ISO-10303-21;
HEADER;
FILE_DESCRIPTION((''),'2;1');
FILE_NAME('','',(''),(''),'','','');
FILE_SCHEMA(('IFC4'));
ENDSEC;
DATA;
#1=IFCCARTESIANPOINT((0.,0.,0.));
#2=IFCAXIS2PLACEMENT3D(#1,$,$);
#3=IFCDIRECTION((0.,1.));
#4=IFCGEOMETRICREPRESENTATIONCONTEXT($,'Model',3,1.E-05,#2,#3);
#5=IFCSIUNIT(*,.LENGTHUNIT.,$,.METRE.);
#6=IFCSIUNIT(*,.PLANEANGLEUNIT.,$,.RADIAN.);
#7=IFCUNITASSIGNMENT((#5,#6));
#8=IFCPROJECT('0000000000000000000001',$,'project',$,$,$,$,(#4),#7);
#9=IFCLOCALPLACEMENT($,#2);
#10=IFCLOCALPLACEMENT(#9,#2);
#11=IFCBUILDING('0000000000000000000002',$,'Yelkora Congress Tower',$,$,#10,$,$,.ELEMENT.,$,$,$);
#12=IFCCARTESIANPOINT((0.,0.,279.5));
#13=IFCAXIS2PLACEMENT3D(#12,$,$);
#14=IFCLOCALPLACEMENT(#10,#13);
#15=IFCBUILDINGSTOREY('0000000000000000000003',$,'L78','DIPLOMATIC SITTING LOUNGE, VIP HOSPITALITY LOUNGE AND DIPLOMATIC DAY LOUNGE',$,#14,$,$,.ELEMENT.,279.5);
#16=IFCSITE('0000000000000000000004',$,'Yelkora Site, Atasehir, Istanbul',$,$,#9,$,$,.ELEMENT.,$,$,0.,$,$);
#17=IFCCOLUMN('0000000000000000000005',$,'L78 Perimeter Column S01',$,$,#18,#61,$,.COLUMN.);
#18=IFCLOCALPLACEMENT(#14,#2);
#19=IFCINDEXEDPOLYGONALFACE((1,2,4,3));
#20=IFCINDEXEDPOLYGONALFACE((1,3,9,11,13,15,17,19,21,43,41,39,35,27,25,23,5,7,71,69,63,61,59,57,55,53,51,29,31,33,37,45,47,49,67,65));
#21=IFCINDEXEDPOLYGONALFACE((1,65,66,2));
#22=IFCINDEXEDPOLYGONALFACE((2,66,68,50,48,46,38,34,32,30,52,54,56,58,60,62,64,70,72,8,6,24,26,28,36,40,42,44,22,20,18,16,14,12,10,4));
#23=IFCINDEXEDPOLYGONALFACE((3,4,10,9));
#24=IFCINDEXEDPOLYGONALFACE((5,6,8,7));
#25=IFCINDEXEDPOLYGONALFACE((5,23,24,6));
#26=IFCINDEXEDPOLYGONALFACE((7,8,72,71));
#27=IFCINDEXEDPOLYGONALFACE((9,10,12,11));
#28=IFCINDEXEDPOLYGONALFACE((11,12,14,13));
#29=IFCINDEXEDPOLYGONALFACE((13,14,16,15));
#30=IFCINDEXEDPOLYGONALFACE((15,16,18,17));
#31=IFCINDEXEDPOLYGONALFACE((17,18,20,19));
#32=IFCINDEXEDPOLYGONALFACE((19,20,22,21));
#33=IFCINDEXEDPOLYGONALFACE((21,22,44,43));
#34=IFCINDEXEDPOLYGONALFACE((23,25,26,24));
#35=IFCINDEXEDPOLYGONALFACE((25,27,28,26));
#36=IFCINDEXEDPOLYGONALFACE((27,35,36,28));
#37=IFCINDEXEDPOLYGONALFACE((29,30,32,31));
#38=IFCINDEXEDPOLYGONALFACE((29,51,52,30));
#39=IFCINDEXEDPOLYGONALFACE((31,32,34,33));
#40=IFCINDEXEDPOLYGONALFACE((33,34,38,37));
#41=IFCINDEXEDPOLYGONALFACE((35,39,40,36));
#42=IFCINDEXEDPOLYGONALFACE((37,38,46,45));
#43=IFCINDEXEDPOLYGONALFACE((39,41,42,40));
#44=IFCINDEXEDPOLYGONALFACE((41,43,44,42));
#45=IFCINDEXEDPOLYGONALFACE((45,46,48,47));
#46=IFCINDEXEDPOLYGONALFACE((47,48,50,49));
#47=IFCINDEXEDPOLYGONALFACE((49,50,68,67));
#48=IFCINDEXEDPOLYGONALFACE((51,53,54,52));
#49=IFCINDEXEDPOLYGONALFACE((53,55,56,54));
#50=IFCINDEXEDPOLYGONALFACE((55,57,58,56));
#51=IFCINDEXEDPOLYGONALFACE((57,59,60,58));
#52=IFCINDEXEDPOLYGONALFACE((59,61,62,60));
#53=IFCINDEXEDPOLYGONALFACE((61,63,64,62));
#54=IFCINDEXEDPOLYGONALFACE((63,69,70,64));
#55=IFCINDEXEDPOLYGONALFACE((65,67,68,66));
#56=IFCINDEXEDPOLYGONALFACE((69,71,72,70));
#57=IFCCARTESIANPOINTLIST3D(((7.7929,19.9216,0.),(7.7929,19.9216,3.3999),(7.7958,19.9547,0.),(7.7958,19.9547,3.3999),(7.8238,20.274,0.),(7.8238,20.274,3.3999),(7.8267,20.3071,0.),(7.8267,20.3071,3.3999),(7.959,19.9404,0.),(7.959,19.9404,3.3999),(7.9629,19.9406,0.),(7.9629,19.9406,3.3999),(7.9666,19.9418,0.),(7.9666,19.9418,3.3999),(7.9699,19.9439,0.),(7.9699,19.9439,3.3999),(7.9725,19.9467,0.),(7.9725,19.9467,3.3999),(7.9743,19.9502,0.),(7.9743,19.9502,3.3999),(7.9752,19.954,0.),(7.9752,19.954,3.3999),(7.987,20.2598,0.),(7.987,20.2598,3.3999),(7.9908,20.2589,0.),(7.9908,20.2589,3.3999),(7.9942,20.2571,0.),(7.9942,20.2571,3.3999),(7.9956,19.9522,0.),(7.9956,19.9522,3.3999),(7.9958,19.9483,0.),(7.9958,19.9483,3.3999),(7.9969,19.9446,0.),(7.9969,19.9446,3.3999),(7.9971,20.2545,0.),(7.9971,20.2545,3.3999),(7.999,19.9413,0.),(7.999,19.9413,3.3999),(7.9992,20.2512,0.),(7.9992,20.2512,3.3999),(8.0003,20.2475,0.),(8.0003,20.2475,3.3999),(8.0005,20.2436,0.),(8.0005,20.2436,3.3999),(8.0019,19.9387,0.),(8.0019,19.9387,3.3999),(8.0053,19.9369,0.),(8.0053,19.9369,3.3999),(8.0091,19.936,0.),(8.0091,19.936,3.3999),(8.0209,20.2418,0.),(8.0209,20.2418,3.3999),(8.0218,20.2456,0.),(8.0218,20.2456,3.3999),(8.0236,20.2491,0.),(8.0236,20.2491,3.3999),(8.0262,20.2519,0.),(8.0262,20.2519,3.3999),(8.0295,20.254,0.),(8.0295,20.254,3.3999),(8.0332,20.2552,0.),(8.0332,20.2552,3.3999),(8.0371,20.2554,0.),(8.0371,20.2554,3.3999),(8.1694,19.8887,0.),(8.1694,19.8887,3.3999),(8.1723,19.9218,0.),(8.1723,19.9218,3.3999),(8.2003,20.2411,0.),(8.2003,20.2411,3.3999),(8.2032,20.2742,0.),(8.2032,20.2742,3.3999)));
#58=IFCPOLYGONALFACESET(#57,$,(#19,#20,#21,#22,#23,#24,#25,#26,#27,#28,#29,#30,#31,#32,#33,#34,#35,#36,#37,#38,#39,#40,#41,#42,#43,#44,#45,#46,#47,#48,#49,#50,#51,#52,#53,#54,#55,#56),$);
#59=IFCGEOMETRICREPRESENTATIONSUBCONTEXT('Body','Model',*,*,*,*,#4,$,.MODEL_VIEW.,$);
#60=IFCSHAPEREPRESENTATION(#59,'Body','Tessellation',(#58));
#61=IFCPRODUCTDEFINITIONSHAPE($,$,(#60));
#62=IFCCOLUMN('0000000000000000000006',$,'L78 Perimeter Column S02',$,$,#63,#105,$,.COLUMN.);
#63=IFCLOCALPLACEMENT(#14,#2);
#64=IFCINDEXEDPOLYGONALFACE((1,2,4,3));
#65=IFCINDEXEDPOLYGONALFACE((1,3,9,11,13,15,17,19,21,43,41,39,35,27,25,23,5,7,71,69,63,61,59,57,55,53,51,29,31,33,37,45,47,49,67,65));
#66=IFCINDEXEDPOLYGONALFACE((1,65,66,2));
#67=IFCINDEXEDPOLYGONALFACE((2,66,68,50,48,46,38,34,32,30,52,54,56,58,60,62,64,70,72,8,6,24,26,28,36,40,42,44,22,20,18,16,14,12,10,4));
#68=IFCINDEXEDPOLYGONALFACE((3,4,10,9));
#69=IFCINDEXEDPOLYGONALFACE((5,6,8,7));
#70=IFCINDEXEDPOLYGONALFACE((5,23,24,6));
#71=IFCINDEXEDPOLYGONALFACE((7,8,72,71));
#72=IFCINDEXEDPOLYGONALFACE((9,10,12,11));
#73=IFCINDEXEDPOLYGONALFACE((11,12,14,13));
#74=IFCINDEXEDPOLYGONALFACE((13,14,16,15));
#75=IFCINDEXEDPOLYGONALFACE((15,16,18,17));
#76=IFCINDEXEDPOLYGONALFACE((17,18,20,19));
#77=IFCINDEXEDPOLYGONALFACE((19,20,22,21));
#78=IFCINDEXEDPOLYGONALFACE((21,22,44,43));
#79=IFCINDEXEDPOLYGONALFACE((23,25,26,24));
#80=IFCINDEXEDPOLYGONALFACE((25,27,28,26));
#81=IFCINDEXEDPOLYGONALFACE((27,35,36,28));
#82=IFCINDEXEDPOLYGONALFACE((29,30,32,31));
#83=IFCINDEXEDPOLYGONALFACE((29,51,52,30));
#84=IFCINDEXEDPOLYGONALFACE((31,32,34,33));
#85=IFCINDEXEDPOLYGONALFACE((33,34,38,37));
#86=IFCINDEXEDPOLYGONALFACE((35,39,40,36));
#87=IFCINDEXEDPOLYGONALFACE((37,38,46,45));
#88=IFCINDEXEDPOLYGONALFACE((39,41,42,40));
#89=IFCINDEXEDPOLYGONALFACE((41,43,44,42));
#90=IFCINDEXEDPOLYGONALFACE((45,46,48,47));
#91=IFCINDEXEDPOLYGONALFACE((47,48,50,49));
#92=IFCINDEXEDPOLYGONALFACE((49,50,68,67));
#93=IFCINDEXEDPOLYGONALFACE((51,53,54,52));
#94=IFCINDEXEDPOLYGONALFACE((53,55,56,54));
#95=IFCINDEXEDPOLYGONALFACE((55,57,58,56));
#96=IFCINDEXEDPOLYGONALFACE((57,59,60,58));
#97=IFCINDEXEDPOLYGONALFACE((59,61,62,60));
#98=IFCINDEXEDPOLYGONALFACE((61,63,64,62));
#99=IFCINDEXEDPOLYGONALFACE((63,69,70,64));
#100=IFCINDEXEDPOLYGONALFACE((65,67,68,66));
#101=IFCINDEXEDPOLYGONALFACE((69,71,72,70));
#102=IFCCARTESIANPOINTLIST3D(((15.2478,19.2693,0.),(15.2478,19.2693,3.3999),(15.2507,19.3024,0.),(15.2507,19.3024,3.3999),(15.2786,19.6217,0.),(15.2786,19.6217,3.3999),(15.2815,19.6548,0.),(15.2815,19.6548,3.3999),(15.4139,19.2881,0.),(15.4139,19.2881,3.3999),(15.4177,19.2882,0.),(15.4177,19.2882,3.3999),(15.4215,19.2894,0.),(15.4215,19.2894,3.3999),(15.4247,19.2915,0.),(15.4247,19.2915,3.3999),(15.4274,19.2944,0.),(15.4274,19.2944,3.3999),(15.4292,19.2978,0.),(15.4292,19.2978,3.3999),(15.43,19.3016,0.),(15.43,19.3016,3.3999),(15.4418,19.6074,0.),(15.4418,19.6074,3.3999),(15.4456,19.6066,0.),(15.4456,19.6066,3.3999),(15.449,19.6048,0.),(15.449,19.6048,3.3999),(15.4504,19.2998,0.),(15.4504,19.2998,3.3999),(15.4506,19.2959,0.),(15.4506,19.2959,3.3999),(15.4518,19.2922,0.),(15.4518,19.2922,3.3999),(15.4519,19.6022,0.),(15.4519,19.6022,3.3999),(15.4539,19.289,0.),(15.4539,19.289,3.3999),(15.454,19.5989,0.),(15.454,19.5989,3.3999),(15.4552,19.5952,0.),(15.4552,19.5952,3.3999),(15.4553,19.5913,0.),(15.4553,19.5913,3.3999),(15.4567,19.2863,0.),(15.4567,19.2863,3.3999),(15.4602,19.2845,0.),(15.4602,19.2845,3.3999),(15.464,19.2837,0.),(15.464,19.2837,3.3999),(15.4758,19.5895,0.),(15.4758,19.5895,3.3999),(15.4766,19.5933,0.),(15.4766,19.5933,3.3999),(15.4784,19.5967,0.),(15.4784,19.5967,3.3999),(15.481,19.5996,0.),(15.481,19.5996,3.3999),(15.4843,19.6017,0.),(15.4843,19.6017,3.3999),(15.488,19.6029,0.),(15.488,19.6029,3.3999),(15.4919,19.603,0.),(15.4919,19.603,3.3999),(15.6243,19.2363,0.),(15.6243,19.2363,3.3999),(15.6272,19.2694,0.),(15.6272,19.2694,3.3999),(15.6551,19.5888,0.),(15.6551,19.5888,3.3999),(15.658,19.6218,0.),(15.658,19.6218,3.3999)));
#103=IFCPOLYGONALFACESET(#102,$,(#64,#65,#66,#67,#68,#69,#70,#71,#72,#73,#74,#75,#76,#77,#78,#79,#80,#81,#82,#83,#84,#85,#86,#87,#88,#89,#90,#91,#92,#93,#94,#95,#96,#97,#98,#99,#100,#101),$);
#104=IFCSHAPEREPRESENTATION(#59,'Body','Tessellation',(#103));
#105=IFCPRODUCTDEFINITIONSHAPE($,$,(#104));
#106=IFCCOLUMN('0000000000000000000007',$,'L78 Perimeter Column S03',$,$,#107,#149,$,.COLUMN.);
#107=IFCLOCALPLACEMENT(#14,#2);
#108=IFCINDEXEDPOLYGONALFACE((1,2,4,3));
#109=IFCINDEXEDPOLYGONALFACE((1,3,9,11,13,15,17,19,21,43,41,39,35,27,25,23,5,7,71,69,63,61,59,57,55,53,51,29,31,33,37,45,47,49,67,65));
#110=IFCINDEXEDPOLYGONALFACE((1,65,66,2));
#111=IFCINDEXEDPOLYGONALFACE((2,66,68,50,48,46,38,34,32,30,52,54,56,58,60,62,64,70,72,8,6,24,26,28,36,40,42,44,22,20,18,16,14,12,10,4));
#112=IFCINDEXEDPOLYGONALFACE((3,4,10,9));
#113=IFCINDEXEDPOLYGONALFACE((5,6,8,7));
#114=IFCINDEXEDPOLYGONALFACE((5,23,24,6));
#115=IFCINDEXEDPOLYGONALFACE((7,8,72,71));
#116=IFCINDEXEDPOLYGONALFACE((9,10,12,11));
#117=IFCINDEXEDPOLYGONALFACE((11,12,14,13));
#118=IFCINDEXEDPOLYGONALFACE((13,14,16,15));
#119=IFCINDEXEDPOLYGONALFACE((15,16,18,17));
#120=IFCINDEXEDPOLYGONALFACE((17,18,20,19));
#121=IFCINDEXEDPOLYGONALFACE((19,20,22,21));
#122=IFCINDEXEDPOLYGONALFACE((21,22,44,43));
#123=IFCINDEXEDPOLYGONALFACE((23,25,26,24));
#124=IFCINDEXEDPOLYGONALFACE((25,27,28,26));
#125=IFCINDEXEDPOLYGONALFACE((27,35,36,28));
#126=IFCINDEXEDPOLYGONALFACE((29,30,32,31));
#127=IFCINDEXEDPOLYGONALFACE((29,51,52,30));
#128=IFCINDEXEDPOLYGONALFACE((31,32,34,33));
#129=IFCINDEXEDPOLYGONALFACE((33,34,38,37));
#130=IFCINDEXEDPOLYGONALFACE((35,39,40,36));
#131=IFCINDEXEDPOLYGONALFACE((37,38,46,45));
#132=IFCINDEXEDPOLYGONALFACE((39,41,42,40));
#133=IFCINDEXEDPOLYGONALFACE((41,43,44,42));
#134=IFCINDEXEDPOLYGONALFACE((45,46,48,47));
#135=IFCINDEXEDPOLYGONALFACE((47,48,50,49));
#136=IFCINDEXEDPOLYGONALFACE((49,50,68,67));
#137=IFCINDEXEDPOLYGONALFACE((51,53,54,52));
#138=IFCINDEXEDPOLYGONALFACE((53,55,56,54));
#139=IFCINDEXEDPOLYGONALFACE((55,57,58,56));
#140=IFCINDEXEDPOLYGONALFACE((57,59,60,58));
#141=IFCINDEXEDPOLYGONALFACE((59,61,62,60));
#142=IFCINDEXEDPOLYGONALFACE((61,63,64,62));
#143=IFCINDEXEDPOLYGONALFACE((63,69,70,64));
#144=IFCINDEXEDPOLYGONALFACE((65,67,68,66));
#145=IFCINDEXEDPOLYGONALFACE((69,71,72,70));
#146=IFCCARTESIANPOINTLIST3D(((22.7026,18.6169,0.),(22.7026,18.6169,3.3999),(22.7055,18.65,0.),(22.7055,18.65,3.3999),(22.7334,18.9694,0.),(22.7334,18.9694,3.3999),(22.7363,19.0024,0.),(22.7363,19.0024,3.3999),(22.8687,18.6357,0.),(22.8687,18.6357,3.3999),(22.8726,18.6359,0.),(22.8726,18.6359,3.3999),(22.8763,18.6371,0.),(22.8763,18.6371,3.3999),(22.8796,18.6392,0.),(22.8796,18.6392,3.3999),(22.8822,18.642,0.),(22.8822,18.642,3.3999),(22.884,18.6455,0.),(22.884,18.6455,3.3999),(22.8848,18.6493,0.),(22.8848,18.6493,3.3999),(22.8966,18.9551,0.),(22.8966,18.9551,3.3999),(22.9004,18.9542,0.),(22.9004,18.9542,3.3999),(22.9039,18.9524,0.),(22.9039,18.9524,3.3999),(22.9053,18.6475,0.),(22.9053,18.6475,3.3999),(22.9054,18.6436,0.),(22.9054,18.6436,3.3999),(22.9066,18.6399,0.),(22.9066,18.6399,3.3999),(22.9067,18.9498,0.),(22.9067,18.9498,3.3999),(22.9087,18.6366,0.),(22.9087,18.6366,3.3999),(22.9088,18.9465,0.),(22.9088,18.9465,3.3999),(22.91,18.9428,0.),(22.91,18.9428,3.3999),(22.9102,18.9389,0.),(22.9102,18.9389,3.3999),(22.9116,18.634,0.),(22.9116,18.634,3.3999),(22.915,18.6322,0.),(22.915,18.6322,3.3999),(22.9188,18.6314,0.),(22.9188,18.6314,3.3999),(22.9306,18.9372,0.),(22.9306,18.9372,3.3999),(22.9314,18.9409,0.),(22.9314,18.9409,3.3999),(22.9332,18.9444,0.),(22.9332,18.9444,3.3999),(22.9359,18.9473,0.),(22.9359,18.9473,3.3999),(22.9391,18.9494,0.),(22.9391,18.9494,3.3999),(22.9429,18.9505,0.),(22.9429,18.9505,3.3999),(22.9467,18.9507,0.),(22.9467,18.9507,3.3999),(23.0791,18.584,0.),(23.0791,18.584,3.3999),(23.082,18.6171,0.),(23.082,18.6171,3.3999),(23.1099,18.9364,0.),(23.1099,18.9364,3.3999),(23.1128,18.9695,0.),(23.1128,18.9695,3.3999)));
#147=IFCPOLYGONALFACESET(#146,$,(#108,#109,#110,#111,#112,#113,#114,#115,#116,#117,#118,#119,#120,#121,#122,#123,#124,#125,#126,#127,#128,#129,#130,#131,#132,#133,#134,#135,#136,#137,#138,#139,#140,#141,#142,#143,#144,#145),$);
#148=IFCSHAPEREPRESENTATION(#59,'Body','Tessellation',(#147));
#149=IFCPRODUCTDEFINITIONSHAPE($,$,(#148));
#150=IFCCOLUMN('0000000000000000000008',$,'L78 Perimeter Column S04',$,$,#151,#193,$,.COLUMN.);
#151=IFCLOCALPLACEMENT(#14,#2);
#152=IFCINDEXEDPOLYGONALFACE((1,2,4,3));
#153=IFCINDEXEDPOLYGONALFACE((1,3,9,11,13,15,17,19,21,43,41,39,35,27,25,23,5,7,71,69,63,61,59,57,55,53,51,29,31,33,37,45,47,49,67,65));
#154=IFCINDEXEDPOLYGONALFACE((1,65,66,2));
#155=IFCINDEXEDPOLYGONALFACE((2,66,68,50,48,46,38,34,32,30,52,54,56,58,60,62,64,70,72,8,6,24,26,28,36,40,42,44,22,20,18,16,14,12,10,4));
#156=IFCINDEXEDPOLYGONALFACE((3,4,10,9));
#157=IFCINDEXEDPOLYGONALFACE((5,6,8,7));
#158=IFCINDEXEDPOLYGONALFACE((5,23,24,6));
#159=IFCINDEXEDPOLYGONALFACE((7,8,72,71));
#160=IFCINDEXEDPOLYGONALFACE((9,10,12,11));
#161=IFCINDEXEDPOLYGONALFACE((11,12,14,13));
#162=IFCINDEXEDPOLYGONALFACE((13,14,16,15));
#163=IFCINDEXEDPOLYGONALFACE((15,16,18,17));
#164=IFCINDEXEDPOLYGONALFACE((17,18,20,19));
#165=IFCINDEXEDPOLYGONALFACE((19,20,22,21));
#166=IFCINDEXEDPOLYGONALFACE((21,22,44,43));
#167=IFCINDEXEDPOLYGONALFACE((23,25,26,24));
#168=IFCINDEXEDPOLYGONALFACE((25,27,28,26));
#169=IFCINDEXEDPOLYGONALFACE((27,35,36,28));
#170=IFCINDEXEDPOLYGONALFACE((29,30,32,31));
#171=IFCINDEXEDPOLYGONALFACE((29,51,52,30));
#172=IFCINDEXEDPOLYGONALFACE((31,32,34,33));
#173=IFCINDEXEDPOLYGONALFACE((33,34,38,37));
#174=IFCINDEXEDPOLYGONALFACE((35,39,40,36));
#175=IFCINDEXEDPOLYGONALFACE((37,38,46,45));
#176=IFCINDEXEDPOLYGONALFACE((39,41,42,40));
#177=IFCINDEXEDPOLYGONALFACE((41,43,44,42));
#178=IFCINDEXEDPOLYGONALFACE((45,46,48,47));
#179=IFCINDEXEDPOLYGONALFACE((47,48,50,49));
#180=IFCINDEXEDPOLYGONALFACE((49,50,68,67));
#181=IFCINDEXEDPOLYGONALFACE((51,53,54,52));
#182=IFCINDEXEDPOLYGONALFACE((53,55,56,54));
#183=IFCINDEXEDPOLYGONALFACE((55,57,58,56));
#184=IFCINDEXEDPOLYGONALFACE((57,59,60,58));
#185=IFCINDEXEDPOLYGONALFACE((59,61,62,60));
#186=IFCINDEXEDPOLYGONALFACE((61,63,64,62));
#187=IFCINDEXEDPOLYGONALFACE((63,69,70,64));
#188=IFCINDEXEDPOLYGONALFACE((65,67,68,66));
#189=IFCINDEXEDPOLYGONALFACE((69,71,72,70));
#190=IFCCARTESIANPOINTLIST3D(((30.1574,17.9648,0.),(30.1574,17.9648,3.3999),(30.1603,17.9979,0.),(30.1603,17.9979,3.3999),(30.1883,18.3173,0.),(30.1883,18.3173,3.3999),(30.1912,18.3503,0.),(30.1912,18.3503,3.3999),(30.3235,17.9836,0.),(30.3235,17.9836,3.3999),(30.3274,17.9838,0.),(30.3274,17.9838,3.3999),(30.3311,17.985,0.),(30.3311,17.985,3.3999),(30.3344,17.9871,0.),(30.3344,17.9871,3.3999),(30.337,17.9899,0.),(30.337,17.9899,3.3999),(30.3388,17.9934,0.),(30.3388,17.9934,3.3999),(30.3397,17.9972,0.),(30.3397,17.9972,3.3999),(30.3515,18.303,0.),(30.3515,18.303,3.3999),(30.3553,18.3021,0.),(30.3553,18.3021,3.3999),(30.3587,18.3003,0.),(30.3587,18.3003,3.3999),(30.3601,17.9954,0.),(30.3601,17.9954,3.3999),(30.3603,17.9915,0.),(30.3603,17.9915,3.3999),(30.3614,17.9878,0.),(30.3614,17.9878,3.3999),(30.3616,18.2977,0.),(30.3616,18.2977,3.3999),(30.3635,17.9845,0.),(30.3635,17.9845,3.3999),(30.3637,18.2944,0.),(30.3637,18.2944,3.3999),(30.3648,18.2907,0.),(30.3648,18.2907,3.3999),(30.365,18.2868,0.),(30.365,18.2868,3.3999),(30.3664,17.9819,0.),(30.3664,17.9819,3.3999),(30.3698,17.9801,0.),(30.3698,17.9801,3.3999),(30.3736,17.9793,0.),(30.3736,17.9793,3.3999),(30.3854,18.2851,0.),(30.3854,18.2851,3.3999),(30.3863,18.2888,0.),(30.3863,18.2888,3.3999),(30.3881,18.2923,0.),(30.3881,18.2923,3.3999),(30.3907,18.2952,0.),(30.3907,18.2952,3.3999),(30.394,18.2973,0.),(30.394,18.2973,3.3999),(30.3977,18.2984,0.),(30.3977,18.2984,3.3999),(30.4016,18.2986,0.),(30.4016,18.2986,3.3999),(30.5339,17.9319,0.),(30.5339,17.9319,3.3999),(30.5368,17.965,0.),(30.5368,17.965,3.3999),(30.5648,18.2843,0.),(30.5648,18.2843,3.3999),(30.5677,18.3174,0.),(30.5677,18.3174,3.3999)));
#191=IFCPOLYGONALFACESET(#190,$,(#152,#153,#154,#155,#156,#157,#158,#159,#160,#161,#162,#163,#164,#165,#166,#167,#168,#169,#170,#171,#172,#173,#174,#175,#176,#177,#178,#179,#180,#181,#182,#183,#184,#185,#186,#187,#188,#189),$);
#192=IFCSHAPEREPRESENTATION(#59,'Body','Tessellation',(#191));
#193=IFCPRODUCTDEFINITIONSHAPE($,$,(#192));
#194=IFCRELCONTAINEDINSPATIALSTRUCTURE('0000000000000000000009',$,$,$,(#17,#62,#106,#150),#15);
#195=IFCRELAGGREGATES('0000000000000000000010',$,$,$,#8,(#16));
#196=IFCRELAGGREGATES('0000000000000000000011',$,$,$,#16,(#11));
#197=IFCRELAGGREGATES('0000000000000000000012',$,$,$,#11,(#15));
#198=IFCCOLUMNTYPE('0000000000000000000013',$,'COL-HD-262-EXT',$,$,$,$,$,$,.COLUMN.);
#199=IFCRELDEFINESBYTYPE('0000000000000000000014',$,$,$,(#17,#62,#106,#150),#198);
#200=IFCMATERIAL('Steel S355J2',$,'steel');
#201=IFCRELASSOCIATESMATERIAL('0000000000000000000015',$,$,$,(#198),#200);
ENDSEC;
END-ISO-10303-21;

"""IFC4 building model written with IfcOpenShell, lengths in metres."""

from ifc_helpers import new_model, si_unit, direction, frame, origin, origin_2d, place, context, subcontext, project, spatial, i_section, extrude, material, material_profile, profile_set, type_object, element, save


model = new_model("IFC4")

# Units and contexts
model_context = context("Model", 3, precision=1e-05, world=origin(), true_north=direction((0.0, 1.0)))
body_context = subcontext(model_context, "Body", "Model", "MODEL_VIEW")
ifc_project = project(units=[si_unit("LENGTHUNIT", "METRE"), si_unit("PLANEANGLEUNIT", "RADIAN")], contexts=[model_context])

# Site, building, storey
site_placement = place(None, origin())
site = spatial("IfcSite", under=ifc_project, at=site_placement, Name="Yelkora Site, Atasehir, Istanbul", CompositionType="ELEMENT", RefElevation=0.0)
building_placement = place(site_placement, origin())
building = spatial("IfcBuilding", under=site, at=building_placement, Name="Yelkora Congress Tower", CompositionType="ELEMENT")
storey_placement = place(building_placement, frame((0.0, 0.0, 279.5)))
storey = spatial("IfcBuildingStorey", under=building, at=storey_placement, Name="L78", Description="DIPLOMATIC SITTING LOUNGE, VIP HOSPITALITY LOUNGE AND DIPLOMATIC DAY LOUNGE", CompositionType="ELEMENT", Elevation=279.5)

# Columns
ifc_material_1 = material(Name="Steel S355J2", Category="steel")
ifc_material_profile_1 = material_profile(ifc_material_1, i_section(OverallWidth=0.3779, OverallDepth=0.387, WebThickness=0.0205, FlangeThickness=0.0332, FilletRadius=0.0149, at=origin_2d()), Name="HD 360x262")
ifc_profile_set_1 = profile_set([ifc_material_profile_1], Name="Steel S355J2")
column_type = type_object("IfcColumnType", Name="COL-HD-262-EXT", PredefinedType="COLUMN", material=ifc_profile_set_1)
for number, where, z_axis, x_axis, name in (
    (1, (7.998, 20.0979, 0.0), (0.0, 0.0, 1.0), (0.996195, -0.087156, 0.0), "L78 Perimeter Column S01"),
    (2, (15.4529, 19.4456, 0.0), (0.0, 0.0, 1.0), (0.996195, -0.087156, 0.0), "L78 Perimeter Column S02"),
    (3, (22.9077, 18.7932, 0.0), (0.0, 0.0, 1.0), (0.996195, -0.087156, 0.0), "L78 Perimeter Column S03"),
    (4, (30.3625, 18.1411, 0.0), (0.0, 0.0, 1.0), (0.996195, -0.087156, 0.0), "L78 Perimeter Column S04"),
):
    element("IfcColumn", number, at=place(storey_placement, frame(where, z_axis=z_axis, x_axis=x_axis)), inside=storey, type_object=column_type, Name=name, PredefinedType="COLUMN", context=body_context, shape_type="SweptSolid", body=[
        extrude(i_section(OverallWidth=0.3779, OverallDepth=0.387, WebThickness=0.0205, FlangeThickness=0.0332, FilletRadius=0.0149, at=origin_2d()), origin(), (0.0, 0.0, 1.0), 3.3999),
    ])

save(model, "model.ifc")
